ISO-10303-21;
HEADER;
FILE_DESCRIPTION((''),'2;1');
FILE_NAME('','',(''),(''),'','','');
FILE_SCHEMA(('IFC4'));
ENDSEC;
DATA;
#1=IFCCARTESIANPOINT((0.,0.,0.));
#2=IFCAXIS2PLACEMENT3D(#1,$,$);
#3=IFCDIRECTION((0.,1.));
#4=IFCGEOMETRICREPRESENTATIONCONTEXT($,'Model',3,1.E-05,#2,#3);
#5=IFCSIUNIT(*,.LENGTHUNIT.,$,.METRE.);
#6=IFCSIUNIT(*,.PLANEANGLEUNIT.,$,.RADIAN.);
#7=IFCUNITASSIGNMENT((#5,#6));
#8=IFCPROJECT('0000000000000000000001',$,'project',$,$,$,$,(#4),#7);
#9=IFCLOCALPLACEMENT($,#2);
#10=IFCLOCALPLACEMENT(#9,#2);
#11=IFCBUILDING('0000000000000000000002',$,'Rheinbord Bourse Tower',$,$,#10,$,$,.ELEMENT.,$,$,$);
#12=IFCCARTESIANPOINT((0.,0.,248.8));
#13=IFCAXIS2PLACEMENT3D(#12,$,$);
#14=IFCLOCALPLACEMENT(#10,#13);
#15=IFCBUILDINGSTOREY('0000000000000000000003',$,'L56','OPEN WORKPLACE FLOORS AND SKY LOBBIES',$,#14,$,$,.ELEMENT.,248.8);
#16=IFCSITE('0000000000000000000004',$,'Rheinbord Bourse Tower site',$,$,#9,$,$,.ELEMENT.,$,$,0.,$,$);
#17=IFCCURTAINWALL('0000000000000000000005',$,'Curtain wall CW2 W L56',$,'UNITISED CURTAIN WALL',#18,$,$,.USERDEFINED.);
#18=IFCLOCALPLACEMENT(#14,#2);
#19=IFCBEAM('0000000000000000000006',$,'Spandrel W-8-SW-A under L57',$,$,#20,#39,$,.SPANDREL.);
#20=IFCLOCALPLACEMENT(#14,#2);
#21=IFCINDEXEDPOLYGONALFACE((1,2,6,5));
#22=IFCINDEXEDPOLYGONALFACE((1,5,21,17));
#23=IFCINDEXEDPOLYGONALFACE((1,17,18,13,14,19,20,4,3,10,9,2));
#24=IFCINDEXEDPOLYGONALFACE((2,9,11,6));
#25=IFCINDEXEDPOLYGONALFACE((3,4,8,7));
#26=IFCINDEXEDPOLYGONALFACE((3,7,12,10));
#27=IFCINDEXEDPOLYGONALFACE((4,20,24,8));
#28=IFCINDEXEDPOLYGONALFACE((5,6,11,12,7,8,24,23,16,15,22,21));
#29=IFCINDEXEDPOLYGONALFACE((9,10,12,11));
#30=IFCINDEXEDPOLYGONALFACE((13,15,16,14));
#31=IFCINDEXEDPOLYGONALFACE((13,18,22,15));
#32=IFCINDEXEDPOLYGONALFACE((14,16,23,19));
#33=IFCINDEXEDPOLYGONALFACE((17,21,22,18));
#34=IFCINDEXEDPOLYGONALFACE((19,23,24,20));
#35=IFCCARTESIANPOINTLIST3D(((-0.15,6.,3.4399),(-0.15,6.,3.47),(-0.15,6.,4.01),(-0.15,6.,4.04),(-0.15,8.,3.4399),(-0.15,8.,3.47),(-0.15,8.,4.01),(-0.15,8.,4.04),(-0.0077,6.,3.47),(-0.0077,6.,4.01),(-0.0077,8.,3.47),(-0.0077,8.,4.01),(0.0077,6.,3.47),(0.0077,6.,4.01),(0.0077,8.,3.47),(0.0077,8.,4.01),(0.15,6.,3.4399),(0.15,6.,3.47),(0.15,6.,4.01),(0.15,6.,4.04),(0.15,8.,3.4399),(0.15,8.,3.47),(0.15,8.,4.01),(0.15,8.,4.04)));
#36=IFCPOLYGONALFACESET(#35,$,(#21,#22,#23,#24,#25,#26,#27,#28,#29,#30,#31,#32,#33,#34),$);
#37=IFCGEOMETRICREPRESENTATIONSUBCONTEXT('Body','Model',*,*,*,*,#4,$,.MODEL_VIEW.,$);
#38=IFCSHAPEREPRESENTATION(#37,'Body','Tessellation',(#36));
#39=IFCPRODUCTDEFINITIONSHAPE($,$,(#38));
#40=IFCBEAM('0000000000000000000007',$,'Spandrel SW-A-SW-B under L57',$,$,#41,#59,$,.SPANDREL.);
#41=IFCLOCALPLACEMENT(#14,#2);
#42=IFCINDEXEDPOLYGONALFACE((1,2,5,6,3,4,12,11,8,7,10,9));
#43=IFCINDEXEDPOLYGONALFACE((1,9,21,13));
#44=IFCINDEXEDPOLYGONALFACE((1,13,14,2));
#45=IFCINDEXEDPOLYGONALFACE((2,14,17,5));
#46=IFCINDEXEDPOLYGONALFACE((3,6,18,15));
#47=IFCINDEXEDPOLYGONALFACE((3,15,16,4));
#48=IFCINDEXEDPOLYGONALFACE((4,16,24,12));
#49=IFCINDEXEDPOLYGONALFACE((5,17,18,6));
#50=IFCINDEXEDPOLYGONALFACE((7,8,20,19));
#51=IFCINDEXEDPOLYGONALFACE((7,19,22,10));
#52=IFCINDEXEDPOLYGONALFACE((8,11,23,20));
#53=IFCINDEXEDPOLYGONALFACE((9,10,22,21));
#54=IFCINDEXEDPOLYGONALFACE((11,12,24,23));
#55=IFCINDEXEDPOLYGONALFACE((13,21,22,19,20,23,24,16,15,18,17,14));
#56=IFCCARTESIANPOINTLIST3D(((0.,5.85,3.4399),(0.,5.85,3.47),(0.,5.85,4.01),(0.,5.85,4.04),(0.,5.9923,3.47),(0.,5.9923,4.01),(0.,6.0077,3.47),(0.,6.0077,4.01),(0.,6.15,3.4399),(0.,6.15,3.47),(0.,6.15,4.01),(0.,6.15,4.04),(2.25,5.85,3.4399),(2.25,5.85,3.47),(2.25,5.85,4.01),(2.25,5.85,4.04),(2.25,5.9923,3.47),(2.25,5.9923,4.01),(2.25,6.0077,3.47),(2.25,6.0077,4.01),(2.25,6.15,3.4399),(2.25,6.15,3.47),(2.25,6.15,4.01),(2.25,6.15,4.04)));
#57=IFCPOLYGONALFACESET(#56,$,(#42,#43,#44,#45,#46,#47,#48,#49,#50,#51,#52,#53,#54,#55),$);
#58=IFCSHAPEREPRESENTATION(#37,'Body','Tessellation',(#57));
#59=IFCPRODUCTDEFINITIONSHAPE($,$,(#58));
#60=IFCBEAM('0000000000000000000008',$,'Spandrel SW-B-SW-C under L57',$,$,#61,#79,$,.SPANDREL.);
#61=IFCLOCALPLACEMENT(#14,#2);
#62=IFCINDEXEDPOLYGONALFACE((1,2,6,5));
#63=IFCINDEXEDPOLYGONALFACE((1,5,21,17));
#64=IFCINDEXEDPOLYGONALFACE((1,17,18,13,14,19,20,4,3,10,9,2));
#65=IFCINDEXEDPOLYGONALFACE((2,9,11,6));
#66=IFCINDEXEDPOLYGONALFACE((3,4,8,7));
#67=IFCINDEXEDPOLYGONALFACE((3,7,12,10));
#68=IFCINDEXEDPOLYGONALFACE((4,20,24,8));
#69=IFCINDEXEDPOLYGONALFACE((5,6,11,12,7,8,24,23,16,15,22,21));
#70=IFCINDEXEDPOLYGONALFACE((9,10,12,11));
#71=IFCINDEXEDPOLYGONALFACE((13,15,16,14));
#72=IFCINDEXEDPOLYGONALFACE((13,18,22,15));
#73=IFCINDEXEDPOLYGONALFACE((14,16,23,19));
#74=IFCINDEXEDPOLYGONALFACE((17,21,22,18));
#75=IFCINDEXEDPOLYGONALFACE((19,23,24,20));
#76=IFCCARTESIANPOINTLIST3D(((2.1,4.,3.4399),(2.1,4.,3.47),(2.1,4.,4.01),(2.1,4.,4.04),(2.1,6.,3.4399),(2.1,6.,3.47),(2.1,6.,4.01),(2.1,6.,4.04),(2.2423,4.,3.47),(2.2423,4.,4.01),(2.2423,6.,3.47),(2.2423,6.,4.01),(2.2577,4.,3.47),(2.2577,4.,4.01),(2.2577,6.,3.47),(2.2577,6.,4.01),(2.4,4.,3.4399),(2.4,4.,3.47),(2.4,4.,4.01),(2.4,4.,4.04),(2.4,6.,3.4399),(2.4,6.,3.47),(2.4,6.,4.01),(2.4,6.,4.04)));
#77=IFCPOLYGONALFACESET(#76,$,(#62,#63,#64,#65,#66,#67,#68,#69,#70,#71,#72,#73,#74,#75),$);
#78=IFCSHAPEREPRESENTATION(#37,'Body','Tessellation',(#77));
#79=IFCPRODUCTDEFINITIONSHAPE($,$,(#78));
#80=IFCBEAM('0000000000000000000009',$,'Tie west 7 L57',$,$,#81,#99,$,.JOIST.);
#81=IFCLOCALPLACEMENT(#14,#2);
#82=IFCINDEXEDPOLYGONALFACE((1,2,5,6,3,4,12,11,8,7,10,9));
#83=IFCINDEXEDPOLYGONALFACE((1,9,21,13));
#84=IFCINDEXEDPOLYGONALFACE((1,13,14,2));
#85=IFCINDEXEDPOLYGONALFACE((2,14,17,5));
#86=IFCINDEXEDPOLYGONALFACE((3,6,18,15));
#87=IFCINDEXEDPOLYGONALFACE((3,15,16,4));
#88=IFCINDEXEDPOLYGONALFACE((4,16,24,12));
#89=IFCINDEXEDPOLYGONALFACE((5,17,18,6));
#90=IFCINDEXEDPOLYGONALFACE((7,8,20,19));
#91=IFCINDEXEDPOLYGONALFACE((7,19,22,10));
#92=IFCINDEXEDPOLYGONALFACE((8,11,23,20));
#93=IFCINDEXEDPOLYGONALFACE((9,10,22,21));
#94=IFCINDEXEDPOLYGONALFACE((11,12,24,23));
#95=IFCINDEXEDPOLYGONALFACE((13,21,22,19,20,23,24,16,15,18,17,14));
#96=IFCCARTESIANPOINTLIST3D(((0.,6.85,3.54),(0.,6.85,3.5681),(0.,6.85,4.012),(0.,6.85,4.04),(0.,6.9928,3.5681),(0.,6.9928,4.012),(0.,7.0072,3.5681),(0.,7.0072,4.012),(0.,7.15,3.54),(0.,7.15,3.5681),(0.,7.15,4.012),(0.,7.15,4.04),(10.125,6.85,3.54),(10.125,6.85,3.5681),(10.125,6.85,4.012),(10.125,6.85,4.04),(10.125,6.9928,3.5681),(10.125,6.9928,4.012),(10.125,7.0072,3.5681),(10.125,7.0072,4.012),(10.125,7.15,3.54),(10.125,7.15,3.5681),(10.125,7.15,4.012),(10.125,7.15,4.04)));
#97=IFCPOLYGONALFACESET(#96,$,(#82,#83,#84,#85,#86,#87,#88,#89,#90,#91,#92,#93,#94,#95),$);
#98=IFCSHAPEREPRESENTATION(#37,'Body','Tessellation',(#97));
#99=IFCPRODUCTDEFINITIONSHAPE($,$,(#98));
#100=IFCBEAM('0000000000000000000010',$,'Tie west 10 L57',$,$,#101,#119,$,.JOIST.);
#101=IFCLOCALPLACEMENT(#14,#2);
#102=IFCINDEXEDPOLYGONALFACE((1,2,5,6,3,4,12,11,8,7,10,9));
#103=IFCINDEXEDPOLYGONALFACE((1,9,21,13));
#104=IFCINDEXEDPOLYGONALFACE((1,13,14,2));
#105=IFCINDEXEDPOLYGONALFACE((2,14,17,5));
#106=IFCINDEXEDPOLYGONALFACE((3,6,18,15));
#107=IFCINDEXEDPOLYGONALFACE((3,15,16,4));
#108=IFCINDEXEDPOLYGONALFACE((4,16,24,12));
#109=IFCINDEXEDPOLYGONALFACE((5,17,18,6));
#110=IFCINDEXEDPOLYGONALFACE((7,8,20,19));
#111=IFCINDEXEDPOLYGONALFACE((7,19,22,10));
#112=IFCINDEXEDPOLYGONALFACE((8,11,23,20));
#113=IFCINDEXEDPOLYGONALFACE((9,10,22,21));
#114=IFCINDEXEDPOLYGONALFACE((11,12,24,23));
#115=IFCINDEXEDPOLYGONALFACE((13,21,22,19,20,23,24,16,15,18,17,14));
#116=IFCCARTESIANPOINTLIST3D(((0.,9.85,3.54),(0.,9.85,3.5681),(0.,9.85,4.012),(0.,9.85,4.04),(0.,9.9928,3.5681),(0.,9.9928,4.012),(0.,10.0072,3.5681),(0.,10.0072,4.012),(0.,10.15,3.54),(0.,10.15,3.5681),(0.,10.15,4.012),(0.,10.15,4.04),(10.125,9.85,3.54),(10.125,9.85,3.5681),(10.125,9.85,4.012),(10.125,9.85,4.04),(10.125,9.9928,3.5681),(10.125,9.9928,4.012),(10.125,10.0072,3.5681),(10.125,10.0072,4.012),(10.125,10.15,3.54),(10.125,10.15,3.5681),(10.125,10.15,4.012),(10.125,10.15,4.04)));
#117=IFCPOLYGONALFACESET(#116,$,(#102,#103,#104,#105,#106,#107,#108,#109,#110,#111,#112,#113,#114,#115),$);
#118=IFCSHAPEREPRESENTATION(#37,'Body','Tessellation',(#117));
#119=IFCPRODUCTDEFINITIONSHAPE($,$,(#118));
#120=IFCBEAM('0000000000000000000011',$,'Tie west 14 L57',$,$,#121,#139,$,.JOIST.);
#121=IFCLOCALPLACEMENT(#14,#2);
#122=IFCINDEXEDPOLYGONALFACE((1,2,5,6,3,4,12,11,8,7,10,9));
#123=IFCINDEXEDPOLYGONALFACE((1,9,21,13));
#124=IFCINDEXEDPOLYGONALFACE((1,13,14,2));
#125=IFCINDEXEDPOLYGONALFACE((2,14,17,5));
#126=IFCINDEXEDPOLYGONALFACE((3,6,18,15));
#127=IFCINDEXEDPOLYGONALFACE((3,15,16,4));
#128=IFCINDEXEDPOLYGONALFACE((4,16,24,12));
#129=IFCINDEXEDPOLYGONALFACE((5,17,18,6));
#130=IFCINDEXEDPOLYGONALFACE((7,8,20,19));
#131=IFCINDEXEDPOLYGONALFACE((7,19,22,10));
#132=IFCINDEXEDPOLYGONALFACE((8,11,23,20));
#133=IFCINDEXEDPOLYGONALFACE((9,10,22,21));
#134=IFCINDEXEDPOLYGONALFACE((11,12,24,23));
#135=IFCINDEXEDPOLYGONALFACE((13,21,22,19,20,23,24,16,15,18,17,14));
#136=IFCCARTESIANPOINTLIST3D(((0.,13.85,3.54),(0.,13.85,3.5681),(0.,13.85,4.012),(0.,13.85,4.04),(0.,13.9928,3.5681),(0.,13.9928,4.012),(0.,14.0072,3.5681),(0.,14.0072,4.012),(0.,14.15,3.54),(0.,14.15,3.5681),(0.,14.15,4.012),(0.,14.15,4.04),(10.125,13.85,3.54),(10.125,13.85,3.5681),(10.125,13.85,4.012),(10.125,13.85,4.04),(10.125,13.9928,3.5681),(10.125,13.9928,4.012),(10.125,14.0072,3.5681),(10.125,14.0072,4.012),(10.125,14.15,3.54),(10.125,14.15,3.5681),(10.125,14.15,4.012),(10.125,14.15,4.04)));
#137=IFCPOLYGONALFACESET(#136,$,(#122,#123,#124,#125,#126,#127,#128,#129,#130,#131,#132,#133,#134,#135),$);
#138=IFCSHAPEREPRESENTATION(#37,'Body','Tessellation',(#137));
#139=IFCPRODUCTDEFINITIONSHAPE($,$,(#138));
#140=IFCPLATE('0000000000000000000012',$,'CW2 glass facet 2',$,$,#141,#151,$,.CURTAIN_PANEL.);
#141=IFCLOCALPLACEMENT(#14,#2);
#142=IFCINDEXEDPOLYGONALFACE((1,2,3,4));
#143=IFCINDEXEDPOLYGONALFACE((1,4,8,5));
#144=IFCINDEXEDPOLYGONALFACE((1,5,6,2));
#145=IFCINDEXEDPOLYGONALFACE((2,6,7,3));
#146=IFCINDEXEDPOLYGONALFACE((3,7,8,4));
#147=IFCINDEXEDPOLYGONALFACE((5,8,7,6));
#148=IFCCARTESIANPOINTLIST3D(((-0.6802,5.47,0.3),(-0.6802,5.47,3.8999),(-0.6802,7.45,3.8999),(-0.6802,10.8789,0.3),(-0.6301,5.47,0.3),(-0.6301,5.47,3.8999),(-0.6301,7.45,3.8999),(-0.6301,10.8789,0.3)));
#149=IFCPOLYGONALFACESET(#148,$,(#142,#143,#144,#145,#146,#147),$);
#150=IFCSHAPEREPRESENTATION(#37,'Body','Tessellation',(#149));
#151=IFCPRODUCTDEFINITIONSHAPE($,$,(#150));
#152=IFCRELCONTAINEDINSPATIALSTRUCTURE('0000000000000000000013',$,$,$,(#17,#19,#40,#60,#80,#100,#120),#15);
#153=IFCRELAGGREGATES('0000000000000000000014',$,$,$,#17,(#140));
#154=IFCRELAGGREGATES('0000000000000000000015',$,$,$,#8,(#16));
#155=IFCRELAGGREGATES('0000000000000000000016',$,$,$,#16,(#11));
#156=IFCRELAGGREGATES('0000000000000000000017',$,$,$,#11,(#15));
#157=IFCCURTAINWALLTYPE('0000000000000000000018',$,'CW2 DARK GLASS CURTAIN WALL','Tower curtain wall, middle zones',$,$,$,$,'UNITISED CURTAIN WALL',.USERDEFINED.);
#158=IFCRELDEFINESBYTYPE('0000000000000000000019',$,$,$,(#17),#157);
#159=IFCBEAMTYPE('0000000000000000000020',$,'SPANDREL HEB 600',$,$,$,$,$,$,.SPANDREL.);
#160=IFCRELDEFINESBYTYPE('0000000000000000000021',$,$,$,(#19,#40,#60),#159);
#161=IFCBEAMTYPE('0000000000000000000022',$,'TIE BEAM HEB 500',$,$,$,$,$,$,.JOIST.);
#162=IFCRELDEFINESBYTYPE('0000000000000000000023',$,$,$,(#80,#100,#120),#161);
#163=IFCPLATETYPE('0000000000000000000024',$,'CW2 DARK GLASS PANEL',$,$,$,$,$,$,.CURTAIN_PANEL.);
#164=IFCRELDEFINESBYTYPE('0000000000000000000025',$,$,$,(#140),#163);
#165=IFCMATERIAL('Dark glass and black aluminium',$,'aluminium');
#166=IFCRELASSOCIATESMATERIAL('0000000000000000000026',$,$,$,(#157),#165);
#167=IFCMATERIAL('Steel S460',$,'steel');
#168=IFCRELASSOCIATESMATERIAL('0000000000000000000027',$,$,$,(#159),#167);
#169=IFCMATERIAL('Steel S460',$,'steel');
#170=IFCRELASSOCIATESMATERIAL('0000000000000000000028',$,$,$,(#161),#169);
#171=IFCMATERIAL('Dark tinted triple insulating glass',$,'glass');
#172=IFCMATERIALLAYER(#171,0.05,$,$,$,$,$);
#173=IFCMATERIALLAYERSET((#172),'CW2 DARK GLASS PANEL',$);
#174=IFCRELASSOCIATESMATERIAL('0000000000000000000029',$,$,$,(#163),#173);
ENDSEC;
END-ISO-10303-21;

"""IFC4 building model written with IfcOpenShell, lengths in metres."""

from ifc_helpers import new_model, si_unit, direction, frame, origin, origin_2d, place, context, subcontext, project, spatial, polyline, i_section, outline, extrude, material, layer, layer_set, material_profile, profile_set, type_object, element, aggregate, save


model = new_model("IFC4")

# Units and contexts
model_context = context("Model", 3, precision=1e-05, world=origin(), true_north=direction((0.0, 1.0)))
body_context = subcontext(model_context, "Body", "Model", "MODEL_VIEW")
ifc_project = project(units=[si_unit("LENGTHUNIT", "METRE"), si_unit("PLANEANGLEUNIT", "RADIAN")], contexts=[model_context])

# Site, building, storey
site_placement = place(None, origin())
site = spatial("IfcSite", under=ifc_project, at=site_placement, Name="Rheinbord Bourse Tower site", CompositionType="ELEMENT", RefElevation=0.0)
building_placement = place(site_placement, origin())
building = spatial("IfcBuilding", under=site, at=building_placement, Name="Rheinbord Bourse Tower", CompositionType="ELEMENT")
storey_placement = place(building_placement, frame((0.0, 0.0, 248.8)))
storey = spatial("IfcBuildingStorey", under=building, at=storey_placement, Name="L56", Description="OPEN WORKPLACE FLOORS AND SKY LOBBIES", CompositionType="ELEMENT", Elevation=248.8)

# Curtain wall
ifc_material_1 = material(Name="Dark glass and black aluminium", Category="aluminium")
curtain_wall_type = type_object("IfcCurtainWallType", Name="CW2 DARK GLASS CURTAIN WALL", Description="Tower curtain wall, middle zones", ElementType="UNITISED CURTAIN WALL", PredefinedType="USERDEFINED", material=ifc_material_1)
curtain_wall_placement = place(storey_placement, origin())
curtain_wall = element("IfcCurtainWall", 1, at=curtain_wall_placement, inside=storey, type_object=curtain_wall_type, Name="Curtain wall CW2 W L56", ObjectType="UNITISED CURTAIN WALL", PredefinedType="USERDEFINED")

# Beams
ifc_material_2 = material(Name="Steel S460", Category="steel")
ifc_material_profile_1 = material_profile(ifc_material_2, i_section(OverallWidth=0.3, OverallDepth=0.6001, WebThickness=0.0154, FlangeThickness=0.03, at=origin_2d()), Name="HEB 600")
ifc_profile_set_1 = profile_set([ifc_material_profile_1], Name="Steel S460")
beam_type_1 = type_object("IfcBeamType", Name="SPANDREL HEB 600", PredefinedType="SPANDREL", material=ifc_profile_set_1)
beam_1_placement = place(storey_placement, frame((0.0, 8.0, 3.74), z_axis=(0.0, -1.0, 0.0), x_axis=(1.0, 0.0, 0.0)))
element("IfcBeam", 2, at=beam_1_placement, inside=storey, type_object=beam_type_1, Name="Spandrel W-8-SW-A under L57", PredefinedType="SPANDREL", context=body_context, shape_type="SweptSolid", body=[
    extrude(i_section(OverallWidth=0.3, OverallDepth=0.6001, WebThickness=0.0154, FlangeThickness=0.03, at=origin_2d()), origin(), (0.0, 0.0, 1.0), 2.0),
])
beam_2_placement = place(storey_placement, frame((0.0, 6.0, 3.74), z_axis=(1.0, 0.0, 0.0), x_axis=(0.0, 1.0, 0.0)))
element("IfcBeam", 3, at=beam_2_placement, inside=storey, type_object=beam_type_1, Name="Spandrel SW-A-SW-B under L57", PredefinedType="SPANDREL", context=body_context, shape_type="SweptSolid", body=[
    extrude(i_section(OverallWidth=0.3, OverallDepth=0.6001, WebThickness=0.0154, FlangeThickness=0.03, at=origin_2d()), origin(), (0.0, 0.0, 1.0), 2.25),
])
beam_3_placement = place(storey_placement, frame((2.25, 6.0, 3.74), z_axis=(0.0, -1.0, 0.0), x_axis=(1.0, 0.0, 0.0)))
element("IfcBeam", 4, at=beam_3_placement, inside=storey, type_object=beam_type_1, Name="Spandrel SW-B-SW-C under L57", PredefinedType="SPANDREL", context=body_context, shape_type="SweptSolid", body=[
    extrude(i_section(OverallWidth=0.3, OverallDepth=0.6001, WebThickness=0.0154, FlangeThickness=0.03, at=origin_2d()), origin(), (0.0, 0.0, 1.0), 2.0),
])
ifc_material_3 = material(Name="Steel S460", Category="steel")
ifc_material_profile_2 = material_profile(ifc_material_3, i_section(OverallWidth=0.3, OverallDepth=0.5, WebThickness=0.0144, FlangeThickness=0.0281, at=origin_2d()), Name="HEB 500")
ifc_profile_set_2 = profile_set([ifc_material_profile_2], Name="Steel S460")
beam_type_2 = type_object("IfcBeamType", Name="TIE BEAM HEB 500", PredefinedType="JOIST", material=ifc_profile_set_2)
for number, where, z_axis, x_axis, name in (
    (5, (0.0, 7.0, 3.79), (1.0, 0.0, 0.0), (0.0, 1.0, 0.0), "Tie west 7 L57"),
    (6, (0.0, 10.0, 3.79), (1.0, 0.0, 0.0), (0.0, 1.0, 0.0), "Tie west 10 L57"),
    (7, (0.0, 14.0, 3.79), (1.0, 0.0, 0.0), (0.0, 1.0, 0.0), "Tie west 14 L57"),
):
    element("IfcBeam", number, at=place(storey_placement, frame(where, z_axis=z_axis, x_axis=x_axis)), inside=storey, type_object=beam_type_2, Name=name, PredefinedType="JOIST", context=body_context, shape_type="SweptSolid", body=[
        extrude(i_section(OverallWidth=0.3, OverallDepth=0.5, WebThickness=0.0144, FlangeThickness=0.0281, at=origin_2d()), origin(), (0.0, 0.0, 1.0), 10.125),
    ])

# Plate
ifc_material_4 = material(Name="Dark tinted triple insulating glass", Category="glass")
ifc_layer_1 = layer(ifc_material_4, 0.05)
ifc_layer_set_1 = layer_set([ifc_layer_1], Name="CW2 DARK GLASS PANEL")
plate_type = type_object("IfcPlateType", Name="CW2 DARK GLASS PANEL", PredefinedType="CURTAIN_PANEL", material=ifc_layer_set_1)
plate_placement = place(storey_placement, frame((-0.6802, 5.47, 3.8999), z_axis=(1.0, 0.0, 0.0), x_axis=(0.0, 0.0, -1.0)))
plate = element("IfcPlate", 8, at=plate_placement, type_object=plate_type, Name="CW2 glass facet 2", PredefinedType="CURTAIN_PANEL", context=body_context, shape_type="SweptSolid", body=[
    extrude(outline(polyline([(0.0, 0.0), (3.5999, 0.0), (3.5999, 5.4089), (0.0, 1.98), (0.0, 0.0)])), origin(), (0.0, 0.0, 1.0), 0.05),
])
aggregate(curtain_wall, [plate])

save(model, "model.ifc")
